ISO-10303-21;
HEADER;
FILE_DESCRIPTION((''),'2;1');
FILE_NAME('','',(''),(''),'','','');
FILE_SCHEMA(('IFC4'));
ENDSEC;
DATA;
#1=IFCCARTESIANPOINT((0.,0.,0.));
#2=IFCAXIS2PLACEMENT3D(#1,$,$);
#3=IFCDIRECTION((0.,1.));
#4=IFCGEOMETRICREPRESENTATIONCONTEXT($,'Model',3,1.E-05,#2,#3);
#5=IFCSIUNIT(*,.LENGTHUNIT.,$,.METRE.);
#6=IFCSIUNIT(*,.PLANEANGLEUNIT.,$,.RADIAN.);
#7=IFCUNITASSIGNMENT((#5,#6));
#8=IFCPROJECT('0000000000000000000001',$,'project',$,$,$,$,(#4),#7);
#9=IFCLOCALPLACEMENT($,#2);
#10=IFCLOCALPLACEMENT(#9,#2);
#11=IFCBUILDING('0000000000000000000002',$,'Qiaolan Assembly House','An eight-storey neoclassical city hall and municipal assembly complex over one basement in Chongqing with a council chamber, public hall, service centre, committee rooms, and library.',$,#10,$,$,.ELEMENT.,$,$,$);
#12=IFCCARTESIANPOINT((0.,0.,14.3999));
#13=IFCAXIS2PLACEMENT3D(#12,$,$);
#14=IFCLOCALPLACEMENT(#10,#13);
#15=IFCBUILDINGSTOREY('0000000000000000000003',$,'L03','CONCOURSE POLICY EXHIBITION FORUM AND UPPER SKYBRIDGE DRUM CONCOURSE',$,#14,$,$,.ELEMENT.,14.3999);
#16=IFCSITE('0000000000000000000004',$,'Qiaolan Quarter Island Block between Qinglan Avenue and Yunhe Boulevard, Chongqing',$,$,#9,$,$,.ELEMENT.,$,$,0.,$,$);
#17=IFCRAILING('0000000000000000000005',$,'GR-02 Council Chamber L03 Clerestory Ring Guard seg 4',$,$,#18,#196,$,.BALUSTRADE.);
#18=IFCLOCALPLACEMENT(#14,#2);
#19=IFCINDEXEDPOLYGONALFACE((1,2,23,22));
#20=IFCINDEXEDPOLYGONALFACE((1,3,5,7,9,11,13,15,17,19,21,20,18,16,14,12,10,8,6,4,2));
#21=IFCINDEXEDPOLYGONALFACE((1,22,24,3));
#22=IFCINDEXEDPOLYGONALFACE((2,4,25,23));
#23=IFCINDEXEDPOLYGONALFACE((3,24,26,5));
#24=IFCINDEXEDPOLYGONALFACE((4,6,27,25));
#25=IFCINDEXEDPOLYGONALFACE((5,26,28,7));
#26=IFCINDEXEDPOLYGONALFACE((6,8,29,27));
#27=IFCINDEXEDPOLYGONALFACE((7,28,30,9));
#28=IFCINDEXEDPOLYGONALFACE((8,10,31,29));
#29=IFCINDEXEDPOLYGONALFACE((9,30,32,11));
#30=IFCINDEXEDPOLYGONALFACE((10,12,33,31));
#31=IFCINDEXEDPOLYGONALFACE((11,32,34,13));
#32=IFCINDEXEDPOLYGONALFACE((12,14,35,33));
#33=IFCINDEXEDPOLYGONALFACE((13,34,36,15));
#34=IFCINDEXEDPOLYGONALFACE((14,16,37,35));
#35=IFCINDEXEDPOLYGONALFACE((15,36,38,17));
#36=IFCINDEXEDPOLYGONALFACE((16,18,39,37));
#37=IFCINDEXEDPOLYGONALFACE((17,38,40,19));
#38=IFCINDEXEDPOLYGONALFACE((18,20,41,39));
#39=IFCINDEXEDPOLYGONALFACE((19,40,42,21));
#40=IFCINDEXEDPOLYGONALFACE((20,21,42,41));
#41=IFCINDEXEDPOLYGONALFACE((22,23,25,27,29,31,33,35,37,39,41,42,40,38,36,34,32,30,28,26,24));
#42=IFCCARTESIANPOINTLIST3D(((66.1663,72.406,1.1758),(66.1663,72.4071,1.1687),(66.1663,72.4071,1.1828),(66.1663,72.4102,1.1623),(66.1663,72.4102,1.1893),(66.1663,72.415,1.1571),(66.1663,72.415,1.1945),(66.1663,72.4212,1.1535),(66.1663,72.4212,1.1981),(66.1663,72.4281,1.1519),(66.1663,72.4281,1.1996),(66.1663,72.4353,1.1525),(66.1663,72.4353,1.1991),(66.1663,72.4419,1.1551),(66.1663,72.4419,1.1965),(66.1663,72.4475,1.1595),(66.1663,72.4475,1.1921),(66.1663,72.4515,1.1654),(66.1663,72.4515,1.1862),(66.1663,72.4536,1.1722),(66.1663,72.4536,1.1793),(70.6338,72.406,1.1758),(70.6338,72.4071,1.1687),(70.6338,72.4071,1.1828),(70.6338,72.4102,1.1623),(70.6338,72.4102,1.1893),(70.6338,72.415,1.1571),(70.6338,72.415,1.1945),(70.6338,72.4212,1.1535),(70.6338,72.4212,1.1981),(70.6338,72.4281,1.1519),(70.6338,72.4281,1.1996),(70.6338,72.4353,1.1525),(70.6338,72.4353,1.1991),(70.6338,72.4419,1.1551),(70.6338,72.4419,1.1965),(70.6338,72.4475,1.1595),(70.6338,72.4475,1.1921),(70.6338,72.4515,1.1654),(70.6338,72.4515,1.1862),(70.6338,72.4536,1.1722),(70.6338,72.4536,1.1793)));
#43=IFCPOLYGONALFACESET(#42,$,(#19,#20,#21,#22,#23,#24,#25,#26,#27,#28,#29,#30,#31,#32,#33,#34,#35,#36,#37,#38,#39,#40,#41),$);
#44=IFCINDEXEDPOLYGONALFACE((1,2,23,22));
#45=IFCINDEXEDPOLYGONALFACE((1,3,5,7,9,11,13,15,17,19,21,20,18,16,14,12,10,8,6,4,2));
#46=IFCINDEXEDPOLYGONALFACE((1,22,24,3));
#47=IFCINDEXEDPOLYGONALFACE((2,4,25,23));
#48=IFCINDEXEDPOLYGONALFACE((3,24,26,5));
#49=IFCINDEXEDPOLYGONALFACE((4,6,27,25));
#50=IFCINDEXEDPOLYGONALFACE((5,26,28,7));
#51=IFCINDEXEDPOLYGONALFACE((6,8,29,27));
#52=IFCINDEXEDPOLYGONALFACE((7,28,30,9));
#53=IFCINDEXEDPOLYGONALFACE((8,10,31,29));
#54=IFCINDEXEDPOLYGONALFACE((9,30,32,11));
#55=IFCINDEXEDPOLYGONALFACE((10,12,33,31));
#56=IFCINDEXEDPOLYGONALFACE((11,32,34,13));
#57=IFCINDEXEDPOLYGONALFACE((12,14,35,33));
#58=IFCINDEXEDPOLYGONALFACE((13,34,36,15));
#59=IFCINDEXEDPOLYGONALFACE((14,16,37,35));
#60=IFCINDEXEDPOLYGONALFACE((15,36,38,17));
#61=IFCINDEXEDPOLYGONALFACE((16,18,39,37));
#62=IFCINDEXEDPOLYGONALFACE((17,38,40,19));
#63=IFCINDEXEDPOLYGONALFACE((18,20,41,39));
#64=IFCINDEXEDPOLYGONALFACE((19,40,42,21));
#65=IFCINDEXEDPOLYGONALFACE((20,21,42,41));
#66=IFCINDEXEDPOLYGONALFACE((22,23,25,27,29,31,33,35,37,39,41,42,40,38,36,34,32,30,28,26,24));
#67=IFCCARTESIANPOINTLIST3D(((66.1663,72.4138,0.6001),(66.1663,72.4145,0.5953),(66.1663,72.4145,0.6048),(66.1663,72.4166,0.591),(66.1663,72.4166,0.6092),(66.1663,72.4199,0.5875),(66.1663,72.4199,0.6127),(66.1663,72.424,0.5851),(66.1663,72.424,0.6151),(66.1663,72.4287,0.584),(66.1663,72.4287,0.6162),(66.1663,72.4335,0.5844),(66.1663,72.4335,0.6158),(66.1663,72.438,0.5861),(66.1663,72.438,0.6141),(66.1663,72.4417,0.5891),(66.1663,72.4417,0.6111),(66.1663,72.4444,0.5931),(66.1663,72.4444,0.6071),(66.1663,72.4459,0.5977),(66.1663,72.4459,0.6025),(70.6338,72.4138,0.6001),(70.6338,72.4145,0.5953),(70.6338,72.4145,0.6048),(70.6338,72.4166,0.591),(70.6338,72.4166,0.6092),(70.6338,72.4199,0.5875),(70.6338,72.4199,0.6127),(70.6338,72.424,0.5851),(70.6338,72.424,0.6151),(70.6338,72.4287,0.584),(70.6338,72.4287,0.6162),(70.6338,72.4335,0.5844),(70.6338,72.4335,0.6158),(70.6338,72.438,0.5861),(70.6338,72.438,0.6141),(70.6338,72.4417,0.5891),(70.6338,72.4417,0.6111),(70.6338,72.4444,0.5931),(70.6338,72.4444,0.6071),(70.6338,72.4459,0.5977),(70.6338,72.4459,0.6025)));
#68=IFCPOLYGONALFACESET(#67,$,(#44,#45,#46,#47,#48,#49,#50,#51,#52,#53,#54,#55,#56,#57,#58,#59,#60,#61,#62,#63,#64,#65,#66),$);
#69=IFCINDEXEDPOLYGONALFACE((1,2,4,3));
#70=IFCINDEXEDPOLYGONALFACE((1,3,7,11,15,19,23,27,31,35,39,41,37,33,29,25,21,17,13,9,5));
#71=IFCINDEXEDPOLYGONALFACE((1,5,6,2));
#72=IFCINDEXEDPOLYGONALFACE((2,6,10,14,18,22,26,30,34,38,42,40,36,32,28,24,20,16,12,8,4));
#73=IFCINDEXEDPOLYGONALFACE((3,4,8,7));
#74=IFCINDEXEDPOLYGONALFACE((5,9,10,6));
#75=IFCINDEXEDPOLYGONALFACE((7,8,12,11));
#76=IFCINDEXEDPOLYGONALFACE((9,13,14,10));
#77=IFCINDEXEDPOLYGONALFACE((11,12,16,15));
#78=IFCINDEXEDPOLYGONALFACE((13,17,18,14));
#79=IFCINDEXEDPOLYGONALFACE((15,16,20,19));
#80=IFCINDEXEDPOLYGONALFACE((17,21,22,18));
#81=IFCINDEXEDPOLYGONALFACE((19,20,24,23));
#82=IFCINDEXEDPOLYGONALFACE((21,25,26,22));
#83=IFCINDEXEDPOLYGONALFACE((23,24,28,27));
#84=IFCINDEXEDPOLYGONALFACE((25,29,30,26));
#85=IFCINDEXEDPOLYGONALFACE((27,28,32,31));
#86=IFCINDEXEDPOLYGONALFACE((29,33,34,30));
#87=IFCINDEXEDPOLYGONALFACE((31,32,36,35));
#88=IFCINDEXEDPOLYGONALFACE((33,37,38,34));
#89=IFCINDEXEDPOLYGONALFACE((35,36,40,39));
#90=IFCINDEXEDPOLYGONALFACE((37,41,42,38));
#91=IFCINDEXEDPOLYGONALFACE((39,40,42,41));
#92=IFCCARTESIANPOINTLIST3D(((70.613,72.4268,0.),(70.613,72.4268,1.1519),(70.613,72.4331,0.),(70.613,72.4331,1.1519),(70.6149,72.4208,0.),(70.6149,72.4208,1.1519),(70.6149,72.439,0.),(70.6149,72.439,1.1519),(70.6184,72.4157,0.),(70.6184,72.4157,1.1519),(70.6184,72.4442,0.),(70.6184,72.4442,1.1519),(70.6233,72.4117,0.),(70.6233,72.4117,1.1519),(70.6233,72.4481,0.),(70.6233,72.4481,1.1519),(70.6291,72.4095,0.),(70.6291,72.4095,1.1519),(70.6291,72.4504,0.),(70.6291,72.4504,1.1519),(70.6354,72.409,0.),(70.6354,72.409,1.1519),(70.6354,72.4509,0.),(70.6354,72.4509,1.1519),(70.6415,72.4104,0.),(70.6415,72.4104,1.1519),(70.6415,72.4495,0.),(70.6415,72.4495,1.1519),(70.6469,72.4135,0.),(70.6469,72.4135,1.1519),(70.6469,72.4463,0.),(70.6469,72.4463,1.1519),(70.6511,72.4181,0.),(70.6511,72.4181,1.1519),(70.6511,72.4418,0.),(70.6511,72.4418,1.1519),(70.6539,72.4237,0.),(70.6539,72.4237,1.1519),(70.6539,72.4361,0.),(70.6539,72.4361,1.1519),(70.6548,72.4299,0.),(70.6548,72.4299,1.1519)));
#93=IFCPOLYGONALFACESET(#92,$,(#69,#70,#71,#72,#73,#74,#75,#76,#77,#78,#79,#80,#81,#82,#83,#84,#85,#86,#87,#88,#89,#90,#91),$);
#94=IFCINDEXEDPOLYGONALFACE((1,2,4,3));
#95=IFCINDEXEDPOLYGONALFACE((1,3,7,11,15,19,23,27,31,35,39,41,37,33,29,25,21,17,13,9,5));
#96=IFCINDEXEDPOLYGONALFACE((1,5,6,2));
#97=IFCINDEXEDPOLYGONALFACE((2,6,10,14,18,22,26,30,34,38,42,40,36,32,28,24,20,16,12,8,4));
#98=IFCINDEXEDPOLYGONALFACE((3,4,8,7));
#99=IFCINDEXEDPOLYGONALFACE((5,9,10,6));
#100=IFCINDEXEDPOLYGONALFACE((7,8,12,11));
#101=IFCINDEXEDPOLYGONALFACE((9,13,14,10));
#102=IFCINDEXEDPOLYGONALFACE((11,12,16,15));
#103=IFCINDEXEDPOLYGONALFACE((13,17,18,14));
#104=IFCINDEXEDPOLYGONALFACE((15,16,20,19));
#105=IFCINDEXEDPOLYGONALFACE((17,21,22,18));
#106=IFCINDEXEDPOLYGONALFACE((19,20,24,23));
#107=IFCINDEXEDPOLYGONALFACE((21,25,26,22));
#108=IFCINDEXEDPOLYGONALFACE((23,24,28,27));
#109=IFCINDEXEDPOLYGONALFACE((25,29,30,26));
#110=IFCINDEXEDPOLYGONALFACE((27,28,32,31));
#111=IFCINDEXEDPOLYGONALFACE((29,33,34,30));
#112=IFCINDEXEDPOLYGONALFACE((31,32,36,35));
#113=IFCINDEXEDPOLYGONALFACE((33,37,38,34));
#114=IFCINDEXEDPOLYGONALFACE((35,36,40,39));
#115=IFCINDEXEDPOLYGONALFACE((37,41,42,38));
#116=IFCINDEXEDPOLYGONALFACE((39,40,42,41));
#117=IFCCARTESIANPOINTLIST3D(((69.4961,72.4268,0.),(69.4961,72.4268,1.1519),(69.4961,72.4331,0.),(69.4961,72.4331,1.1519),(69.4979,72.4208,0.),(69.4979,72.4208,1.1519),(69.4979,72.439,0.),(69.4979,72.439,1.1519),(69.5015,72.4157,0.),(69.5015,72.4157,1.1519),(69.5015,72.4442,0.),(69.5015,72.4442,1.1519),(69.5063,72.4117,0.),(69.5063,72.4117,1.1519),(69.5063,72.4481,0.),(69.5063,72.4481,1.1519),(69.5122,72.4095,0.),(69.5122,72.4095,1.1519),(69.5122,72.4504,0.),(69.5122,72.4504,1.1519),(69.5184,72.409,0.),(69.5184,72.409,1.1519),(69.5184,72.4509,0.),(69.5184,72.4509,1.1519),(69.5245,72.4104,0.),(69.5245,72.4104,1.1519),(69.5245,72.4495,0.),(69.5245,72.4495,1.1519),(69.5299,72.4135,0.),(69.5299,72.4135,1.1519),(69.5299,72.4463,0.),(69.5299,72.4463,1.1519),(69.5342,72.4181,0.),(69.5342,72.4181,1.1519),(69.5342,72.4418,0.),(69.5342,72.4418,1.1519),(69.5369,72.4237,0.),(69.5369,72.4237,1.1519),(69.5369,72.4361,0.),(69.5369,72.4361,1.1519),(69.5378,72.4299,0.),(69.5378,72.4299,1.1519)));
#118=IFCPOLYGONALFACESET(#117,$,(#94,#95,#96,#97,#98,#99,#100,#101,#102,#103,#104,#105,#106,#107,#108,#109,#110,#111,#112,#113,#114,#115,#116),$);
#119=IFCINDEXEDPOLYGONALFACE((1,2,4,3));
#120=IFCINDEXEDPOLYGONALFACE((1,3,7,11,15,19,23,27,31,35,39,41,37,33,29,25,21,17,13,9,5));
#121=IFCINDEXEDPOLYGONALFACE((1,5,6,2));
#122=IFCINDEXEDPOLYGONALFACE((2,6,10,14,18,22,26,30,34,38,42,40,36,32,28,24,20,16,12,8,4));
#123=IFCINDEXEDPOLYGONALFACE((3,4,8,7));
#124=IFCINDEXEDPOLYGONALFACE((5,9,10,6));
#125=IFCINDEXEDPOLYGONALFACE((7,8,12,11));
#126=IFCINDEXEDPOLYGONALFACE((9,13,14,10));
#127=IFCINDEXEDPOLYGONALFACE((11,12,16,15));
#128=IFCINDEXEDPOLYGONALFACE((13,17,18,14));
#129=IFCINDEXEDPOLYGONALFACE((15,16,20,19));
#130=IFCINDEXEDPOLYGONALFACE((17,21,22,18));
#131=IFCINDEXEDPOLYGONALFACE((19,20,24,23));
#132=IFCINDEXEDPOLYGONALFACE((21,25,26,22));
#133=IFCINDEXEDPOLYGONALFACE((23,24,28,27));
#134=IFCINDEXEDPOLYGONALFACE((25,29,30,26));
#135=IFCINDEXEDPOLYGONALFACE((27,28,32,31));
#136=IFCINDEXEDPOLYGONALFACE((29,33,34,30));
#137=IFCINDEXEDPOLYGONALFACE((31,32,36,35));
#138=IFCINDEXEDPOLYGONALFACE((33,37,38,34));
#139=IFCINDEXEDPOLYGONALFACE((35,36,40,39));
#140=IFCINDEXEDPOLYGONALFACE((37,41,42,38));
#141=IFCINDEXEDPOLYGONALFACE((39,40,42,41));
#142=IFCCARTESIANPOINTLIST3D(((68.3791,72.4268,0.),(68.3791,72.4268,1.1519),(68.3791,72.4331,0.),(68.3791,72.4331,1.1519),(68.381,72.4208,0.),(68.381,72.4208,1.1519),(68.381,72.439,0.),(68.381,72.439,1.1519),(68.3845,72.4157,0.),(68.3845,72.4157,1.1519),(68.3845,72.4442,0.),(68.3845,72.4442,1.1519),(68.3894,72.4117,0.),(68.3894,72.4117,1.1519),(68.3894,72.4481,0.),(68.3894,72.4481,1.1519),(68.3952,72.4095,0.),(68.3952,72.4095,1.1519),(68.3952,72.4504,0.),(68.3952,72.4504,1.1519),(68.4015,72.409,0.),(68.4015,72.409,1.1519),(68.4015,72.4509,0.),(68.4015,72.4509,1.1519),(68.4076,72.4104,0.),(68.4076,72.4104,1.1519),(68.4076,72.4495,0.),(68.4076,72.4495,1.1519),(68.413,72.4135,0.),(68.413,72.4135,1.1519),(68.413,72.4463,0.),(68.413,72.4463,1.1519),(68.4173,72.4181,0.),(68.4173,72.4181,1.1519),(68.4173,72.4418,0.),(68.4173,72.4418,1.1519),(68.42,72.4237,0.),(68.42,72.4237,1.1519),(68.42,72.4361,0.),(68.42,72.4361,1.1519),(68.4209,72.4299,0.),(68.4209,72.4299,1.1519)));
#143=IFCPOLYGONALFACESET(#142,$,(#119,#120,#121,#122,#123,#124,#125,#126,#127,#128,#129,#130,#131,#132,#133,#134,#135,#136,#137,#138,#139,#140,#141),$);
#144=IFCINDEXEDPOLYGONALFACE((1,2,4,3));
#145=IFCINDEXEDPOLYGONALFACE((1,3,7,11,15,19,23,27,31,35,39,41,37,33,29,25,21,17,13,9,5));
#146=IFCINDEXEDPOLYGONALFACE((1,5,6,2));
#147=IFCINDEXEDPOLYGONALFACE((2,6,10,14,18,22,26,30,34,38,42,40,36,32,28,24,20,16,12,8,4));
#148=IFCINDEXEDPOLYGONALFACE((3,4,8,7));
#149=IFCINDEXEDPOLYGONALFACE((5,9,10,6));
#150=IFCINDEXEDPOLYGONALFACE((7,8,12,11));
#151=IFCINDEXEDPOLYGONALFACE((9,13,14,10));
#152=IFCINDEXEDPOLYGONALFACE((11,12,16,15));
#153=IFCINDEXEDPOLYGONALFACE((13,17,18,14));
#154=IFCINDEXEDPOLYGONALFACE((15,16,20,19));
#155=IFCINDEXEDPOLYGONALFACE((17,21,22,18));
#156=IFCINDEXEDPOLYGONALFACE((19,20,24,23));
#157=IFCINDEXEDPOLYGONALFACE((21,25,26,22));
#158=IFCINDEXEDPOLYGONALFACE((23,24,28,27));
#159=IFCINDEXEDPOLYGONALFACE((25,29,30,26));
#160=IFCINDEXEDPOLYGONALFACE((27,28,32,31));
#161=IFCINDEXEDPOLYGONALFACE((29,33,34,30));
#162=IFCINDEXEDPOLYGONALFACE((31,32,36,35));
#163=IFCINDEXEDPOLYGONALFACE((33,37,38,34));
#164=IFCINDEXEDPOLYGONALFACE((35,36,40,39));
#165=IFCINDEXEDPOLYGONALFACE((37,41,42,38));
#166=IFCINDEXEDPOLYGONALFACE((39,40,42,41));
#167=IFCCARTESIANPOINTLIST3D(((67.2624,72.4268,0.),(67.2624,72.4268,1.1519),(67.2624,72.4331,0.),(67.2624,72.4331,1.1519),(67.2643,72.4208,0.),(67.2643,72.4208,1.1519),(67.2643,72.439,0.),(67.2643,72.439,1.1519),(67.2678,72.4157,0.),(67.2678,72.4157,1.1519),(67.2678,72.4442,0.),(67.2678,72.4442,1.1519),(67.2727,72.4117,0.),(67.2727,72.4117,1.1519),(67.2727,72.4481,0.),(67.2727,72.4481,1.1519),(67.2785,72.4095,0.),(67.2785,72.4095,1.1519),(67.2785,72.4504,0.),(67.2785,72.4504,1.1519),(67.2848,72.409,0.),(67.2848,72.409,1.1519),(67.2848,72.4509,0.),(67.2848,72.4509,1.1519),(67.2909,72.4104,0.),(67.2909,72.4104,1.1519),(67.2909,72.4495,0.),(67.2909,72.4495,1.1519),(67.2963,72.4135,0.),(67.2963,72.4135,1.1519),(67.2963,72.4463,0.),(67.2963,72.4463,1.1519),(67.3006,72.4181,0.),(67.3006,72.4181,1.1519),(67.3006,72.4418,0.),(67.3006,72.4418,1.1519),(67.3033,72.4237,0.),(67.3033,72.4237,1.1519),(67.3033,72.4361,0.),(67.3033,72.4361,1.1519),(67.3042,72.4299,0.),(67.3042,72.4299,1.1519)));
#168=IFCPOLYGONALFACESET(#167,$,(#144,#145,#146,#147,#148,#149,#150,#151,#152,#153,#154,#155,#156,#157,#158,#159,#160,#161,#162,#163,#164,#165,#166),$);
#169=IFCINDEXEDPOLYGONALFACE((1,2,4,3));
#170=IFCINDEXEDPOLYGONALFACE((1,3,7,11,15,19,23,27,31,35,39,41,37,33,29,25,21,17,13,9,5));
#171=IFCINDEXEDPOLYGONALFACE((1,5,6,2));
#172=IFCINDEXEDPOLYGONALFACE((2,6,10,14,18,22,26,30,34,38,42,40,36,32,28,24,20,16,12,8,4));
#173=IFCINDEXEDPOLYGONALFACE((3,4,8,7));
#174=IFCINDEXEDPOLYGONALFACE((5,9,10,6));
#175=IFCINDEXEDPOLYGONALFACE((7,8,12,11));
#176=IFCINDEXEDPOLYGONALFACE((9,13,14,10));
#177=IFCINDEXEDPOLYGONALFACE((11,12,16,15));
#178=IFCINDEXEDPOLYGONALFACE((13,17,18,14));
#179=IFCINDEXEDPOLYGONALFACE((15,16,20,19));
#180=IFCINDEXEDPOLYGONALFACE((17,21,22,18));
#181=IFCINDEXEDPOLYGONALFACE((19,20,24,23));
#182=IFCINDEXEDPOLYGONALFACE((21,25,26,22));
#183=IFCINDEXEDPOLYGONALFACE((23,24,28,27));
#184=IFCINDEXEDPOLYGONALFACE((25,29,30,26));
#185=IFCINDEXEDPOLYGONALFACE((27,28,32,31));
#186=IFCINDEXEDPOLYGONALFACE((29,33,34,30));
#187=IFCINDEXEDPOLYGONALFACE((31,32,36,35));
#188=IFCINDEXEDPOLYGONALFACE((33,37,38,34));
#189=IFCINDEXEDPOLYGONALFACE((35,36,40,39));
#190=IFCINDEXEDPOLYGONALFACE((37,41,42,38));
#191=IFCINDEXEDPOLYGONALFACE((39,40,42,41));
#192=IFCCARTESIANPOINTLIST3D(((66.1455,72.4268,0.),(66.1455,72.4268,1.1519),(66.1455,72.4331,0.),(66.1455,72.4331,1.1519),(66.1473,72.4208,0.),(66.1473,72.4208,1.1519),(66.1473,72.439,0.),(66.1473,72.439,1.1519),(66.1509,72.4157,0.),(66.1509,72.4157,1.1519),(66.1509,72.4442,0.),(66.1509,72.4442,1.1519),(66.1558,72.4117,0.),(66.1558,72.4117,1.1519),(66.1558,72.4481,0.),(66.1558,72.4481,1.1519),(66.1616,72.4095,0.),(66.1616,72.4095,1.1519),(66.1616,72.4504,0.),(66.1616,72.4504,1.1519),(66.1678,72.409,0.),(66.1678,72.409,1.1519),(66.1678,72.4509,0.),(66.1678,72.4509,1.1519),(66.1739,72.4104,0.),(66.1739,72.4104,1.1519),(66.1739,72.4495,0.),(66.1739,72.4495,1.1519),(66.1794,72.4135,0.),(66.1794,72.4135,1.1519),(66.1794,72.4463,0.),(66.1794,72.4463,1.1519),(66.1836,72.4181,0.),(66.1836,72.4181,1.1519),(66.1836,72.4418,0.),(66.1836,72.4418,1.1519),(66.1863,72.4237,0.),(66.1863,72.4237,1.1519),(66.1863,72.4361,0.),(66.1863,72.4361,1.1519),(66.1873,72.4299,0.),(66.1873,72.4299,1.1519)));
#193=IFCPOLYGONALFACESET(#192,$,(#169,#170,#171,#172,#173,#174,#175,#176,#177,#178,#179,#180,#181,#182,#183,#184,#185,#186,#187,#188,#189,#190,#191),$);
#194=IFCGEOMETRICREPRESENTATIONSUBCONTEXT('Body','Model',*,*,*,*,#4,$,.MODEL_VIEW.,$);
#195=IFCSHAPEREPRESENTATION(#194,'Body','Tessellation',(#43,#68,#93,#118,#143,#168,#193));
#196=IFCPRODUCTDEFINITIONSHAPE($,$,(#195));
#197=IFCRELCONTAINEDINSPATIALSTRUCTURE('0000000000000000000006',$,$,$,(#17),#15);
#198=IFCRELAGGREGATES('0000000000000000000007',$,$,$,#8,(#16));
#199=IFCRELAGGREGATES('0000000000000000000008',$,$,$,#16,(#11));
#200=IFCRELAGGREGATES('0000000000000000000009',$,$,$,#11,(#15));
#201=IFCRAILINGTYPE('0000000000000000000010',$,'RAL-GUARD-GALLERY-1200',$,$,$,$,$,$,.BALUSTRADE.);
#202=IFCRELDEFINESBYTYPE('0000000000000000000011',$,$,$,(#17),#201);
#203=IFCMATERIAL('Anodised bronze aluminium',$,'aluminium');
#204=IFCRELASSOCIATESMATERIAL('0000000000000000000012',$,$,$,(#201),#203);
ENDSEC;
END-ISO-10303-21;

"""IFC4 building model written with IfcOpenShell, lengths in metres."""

from ifc_helpers import new_model, si_unit, direction, frame, origin, origin_2d, place, context, subcontext, project, spatial, circle, extrude, material, type_object, element, save


model = new_model("IFC4")

# Units and contexts
model_context = context("Model", 3, precision=1e-05, world=origin(), true_north=direction((0.0, 1.0)))
body_context = subcontext(model_context, "Body", "Model", "MODEL_VIEW")
ifc_project = project(units=[si_unit("LENGTHUNIT", "METRE"), si_unit("PLANEANGLEUNIT", "RADIAN")], contexts=[model_context])

# Site, building, storey
site_placement = place(None, origin())
site = spatial("IfcSite", under=ifc_project, at=site_placement, Name="Qiaolan Quarter Island Block between Qinglan Avenue and Yunhe Boulevard, Chongqing", CompositionType="ELEMENT", RefElevation=0.0)
building_placement = place(site_placement, origin())
building = spatial("IfcBuilding", under=site, at=building_placement, Name="Qiaolan Assembly House", Description="An eight-storey neoclassical city hall and municipal assembly complex over one basement in Chongqing with a council chamber, public hall, service centre, committee rooms, and library.", CompositionType="ELEMENT")
storey_placement = place(building_placement, frame((0.0, 0.0, 14.3999)))
storey = spatial("IfcBuildingStorey", under=building, at=storey_placement, Name="L03", Description="CONCOURSE POLICY EXHIBITION FORUM AND UPPER SKYBRIDGE DRUM CONCOURSE", CompositionType="ELEMENT", Elevation=14.3999)

# Shared definitions
ifc_material_1 = material(Name="Anodised bronze aluminium", Category="aluminium")

# Railing
railing_type = type_object("IfcRailingType", Name="RAL-GUARD-GALLERY-1200", PredefinedType="BALUSTRADE", material=ifc_material_1)
railing_1_placement = place(storey_placement, frame((70.6338, 72.4299, 0.0)))
element("IfcRailing", 1, at=railing_1_placement, inside=storey, type_object=railing_type, Name="GR-02 Council Chamber L03 Clerestory Ring Guard seg 4", PredefinedType="BALUSTRADE", context=body_context, shape_type="SweptSolid", body=[
    extrude(circle(Radius=0.0239, at=origin_2d()), frame((0.0, 0.0, 1.1758), z_axis=(-1.0, 0.0, 0.0), x_axis=(0.0, -1.0, 0.0)), (0.0, 0.0, 1.0), 4.4675),
    extrude(circle(Radius=0.0161, at=origin_2d()), frame((0.0, 0.0, 0.6001), z_axis=(-1.0, 0.0, 0.0), x_axis=(0.0, -1.0, 0.0)), (0.0, 0.0, 1.0), 4.4675),
    extrude(circle(Radius=0.021, at=origin_2d()), origin(), (0.0, 0.0, 1.0), 1.1519),
    extrude(circle(Radius=0.021, at=origin_2d()), frame((-1.1169, 0.0, 0.0)), (0.0, 0.0, 1.0), 1.1519),
    extrude(circle(Radius=0.021, at=origin_2d()), frame((-2.2339, 0.0, 0.0)), (0.0, 0.0, 1.0), 1.1519),
    extrude(circle(Radius=0.021, at=origin_2d()), frame((-3.3506, 0.0, 0.0)), (0.0, 0.0, 1.0), 1.1519),
    extrude(circle(Radius=0.021, at=origin_2d()), frame((-4.4675, 0.0, 0.0)), (0.0, 0.0, 1.0), 1.1519),
])

save(model, "model.ifc")
